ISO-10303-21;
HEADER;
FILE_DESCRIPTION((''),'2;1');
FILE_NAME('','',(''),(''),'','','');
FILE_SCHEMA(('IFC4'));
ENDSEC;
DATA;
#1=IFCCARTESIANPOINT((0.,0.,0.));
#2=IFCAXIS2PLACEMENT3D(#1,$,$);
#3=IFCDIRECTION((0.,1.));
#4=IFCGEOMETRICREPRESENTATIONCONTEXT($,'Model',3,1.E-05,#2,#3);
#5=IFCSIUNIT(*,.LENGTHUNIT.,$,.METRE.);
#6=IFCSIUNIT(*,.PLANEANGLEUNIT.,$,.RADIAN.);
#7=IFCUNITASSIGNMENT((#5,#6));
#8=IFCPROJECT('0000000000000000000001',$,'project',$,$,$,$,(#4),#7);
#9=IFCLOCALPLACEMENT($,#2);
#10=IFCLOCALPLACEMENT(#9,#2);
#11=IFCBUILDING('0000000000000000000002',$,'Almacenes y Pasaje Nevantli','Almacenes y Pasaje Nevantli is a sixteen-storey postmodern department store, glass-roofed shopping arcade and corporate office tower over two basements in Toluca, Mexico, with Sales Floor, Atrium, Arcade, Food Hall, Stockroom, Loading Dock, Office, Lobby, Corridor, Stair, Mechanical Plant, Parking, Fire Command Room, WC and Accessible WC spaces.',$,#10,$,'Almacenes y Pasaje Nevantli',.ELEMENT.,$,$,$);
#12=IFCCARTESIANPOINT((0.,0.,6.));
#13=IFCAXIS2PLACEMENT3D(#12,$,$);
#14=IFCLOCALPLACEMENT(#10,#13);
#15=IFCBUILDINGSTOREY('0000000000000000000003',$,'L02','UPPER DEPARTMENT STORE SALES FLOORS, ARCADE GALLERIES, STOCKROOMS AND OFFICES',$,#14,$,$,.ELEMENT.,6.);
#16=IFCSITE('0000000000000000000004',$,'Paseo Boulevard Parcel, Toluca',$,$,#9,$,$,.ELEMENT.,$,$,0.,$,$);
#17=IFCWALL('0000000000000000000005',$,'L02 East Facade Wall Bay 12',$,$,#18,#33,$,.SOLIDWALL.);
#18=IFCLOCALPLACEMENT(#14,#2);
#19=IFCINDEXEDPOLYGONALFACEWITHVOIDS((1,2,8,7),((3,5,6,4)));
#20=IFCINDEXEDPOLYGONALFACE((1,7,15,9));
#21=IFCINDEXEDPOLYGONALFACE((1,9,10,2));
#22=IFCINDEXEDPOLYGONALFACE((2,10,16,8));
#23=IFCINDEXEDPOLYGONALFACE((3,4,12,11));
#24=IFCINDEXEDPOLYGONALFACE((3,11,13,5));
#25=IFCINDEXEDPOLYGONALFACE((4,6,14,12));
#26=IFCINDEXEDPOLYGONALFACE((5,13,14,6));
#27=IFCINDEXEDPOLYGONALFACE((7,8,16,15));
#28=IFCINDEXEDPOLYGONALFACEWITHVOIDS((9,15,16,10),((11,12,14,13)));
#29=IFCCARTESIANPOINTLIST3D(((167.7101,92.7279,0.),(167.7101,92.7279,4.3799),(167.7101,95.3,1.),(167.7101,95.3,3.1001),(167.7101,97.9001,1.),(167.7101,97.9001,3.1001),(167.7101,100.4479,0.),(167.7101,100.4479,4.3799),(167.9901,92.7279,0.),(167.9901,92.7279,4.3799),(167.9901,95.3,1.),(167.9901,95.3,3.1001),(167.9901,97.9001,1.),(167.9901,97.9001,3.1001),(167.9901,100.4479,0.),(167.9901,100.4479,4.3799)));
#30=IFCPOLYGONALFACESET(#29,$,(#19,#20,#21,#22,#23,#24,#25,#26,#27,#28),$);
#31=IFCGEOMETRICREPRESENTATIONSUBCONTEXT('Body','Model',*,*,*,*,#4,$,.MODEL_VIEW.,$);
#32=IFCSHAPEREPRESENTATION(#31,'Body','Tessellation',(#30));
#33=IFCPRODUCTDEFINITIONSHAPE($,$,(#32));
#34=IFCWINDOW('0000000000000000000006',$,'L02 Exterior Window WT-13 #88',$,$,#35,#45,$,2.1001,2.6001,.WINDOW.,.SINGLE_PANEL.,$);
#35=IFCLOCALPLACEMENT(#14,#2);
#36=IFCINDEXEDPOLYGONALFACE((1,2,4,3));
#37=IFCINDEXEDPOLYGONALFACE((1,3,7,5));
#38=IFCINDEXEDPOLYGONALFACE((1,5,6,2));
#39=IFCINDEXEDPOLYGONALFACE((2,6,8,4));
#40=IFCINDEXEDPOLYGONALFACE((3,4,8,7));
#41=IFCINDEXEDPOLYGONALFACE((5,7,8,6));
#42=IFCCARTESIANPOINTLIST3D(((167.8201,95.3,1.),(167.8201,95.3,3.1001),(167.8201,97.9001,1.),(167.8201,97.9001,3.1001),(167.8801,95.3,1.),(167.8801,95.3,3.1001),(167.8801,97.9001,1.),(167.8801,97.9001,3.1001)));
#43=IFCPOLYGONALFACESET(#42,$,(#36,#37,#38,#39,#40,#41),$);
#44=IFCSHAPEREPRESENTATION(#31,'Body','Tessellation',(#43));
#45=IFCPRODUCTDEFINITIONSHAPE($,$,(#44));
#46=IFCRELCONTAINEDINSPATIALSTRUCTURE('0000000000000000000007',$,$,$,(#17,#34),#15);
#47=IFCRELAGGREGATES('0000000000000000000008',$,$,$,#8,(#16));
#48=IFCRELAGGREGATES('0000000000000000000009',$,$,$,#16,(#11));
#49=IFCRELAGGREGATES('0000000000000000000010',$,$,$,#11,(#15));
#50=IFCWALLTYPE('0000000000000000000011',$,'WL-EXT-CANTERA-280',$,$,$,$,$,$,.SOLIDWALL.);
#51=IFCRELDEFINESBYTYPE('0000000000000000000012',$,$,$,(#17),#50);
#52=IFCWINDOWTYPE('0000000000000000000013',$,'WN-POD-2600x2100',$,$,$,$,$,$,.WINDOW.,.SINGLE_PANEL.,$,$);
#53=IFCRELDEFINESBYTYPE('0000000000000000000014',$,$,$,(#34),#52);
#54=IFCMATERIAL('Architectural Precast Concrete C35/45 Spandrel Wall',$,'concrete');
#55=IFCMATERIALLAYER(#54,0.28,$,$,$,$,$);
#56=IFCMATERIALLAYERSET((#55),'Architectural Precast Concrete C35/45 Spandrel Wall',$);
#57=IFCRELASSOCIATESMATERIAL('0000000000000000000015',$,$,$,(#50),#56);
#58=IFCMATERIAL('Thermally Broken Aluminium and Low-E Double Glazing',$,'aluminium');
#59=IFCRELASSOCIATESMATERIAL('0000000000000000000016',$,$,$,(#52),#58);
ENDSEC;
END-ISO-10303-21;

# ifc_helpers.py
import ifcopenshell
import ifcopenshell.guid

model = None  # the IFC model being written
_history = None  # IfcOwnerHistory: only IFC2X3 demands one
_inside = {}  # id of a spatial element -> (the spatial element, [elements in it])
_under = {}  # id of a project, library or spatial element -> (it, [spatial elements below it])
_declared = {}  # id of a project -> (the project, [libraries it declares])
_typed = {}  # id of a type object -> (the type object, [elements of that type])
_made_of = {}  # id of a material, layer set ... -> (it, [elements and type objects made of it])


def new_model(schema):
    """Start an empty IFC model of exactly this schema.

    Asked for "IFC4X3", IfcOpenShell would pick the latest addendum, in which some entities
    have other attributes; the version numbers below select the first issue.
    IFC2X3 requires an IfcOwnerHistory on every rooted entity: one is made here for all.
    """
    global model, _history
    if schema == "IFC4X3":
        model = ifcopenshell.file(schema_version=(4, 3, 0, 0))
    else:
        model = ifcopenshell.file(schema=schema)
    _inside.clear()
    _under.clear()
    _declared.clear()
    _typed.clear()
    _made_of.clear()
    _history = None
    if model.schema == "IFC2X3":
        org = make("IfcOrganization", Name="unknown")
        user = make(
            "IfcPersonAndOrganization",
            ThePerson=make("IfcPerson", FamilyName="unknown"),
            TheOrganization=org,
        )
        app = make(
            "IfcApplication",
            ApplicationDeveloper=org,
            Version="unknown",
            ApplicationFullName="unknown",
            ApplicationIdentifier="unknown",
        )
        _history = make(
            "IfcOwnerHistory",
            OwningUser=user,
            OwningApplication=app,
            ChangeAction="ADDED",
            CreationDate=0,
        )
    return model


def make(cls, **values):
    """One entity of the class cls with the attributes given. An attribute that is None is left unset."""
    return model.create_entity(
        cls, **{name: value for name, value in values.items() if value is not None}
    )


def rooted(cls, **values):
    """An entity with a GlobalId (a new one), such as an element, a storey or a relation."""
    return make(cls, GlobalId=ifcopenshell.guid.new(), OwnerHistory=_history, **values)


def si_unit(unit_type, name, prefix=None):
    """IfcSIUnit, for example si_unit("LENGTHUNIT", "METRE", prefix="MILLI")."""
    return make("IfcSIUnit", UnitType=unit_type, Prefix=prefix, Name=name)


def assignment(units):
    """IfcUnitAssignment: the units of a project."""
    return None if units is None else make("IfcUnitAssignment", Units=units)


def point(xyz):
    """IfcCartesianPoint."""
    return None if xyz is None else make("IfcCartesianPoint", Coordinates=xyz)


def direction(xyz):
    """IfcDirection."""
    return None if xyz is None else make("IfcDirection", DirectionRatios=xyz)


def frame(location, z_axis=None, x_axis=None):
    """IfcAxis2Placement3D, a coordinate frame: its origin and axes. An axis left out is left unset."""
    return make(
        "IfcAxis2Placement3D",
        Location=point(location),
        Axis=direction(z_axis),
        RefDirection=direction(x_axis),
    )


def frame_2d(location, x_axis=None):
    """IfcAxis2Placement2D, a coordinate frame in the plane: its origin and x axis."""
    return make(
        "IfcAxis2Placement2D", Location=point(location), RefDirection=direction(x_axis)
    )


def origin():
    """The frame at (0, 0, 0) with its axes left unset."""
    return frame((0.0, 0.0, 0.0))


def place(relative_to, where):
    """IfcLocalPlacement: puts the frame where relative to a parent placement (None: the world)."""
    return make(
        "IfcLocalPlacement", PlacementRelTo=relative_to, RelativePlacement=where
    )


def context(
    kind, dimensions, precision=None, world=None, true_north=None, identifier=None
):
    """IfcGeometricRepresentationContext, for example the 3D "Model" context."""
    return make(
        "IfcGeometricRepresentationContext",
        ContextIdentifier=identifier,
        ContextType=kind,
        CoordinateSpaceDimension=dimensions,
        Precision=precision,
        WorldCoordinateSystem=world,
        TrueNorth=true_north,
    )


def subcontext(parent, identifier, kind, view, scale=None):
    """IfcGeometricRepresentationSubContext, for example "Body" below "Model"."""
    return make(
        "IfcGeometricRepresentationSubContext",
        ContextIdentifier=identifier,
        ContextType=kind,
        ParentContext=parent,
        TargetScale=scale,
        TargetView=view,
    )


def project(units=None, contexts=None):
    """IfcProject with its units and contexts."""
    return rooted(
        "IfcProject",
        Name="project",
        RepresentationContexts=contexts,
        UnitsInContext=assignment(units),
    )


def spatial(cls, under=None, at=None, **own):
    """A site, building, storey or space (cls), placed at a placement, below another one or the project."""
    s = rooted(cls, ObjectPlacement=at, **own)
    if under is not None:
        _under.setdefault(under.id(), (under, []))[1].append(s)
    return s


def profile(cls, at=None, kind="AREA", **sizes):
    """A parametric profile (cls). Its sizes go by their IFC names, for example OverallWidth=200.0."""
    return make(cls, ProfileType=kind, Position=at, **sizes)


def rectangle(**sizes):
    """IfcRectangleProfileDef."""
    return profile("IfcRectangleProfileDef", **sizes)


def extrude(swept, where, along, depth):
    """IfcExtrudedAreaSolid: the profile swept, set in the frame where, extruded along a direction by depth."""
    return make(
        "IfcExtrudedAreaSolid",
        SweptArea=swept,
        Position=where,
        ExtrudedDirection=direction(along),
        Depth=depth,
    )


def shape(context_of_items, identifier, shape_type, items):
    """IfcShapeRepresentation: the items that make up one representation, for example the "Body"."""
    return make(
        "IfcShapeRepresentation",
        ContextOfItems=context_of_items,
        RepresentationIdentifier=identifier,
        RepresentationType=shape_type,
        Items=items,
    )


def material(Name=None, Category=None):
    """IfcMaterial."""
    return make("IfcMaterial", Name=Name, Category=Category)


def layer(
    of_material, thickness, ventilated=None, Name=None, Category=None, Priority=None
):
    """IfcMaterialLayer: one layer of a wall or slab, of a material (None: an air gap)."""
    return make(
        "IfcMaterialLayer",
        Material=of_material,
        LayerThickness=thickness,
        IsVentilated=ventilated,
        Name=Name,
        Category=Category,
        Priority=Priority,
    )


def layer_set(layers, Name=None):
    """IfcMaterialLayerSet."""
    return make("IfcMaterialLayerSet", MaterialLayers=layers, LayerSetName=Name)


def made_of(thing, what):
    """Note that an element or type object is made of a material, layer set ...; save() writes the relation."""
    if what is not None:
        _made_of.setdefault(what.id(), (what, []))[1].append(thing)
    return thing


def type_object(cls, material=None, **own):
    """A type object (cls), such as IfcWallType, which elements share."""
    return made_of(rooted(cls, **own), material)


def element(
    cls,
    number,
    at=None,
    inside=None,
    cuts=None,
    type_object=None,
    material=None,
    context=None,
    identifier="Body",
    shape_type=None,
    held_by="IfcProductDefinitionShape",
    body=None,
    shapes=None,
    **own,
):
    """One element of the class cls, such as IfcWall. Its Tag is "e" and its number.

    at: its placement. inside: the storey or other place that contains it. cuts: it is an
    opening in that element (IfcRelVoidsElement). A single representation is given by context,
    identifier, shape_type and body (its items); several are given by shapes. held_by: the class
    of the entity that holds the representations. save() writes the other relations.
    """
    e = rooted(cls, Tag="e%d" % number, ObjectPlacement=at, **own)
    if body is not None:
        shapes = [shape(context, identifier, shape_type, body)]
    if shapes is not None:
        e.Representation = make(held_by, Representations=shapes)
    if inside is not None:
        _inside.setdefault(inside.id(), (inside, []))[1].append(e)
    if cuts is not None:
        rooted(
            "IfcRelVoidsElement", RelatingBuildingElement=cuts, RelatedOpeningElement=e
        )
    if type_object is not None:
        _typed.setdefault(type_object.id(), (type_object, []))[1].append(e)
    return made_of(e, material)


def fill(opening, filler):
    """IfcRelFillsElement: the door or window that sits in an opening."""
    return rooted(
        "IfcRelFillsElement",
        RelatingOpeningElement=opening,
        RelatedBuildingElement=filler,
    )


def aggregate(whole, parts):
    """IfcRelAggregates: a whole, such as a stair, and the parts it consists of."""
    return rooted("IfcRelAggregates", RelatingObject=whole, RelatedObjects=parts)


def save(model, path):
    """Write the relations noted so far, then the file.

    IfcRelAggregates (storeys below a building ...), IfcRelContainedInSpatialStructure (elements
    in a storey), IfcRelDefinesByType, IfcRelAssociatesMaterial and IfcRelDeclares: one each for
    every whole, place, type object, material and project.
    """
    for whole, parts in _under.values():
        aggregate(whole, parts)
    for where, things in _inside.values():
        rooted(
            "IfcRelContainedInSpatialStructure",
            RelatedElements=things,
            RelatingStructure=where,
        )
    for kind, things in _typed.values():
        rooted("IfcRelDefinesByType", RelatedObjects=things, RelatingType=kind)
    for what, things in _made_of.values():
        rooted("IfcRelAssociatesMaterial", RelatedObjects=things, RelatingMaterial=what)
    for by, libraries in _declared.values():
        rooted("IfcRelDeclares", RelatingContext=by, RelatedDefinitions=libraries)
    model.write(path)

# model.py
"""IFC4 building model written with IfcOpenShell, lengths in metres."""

from ifc_helpers import new_model, si_unit, direction, frame, frame_2d, origin, place, context, subcontext, project, spatial, rectangle, extrude, material, layer, layer_set, type_object, element, fill, save


model = new_model("IFC4")

# Units and contexts
model_context = context("Model", 3, precision=1e-05, world=origin(), true_north=direction((0.0, 1.0)))
body_context = subcontext(model_context, "Body", "Model", "MODEL_VIEW")
ifc_project = project(units=[si_unit("LENGTHUNIT", "METRE"), si_unit("PLANEANGLEUNIT", "RADIAN")], contexts=[model_context])

# Site, building, storey
site_placement = place(None, origin())
site = spatial("IfcSite", under=ifc_project, at=site_placement, Name="Paseo Boulevard Parcel, Toluca", CompositionType="ELEMENT", RefElevation=0.0)
building_placement = place(site_placement, origin())
building = spatial("IfcBuilding", under=site, at=building_placement, Name="Almacenes y Pasaje Nevantli", Description="Almacenes y Pasaje Nevantli is a sixteen-storey postmodern department store, glass-roofed shopping arcade and corporate office tower over two basements in Toluca, Mexico, with Sales Floor, Atrium, Arcade, Food Hall, Stockroom, Loading Dock, Office, Lobby, Corridor, Stair, Mechanical Plant, Parking, Fire Command Room, WC and Accessible WC spaces.", LongName="Almacenes y Pasaje Nevantli", CompositionType="ELEMENT")
storey_placement = place(building_placement, frame((0.0, 0.0, 6.0)))
storey = spatial("IfcBuildingStorey", under=building, at=storey_placement, Name="L02", Description="UPPER DEPARTMENT STORE SALES FLOORS, ARCADE GALLERIES, STOCKROOMS AND OFFICES", CompositionType="ELEMENT", Elevation=6.0)

# Wall, opening, window
ifc_material_1 = material(Name="Architectural Precast Concrete C35/45 Spandrel Wall", Category="concrete")
ifc_layer_1 = layer(ifc_material_1, 0.28)
ifc_layer_set_1 = layer_set([ifc_layer_1], Name="Architectural Precast Concrete C35/45 Spandrel Wall")
wall_type_1 = type_object("IfcWallType", Name="WL-EXT-CANTERA-280", PredefinedType="SOLIDWALL", material=ifc_layer_set_1)
wall_1_placement = place(storey_placement, frame((167.8501, 92.728, 0.0), z_axis=(0.0, 0.0, 1.0), x_axis=(0.0, 1.0, 0.0)))
wall_1 = element("IfcWall", 1, at=wall_1_placement, inside=storey, type_object=wall_type_1, Name="L02 East Facade Wall Bay 12", PredefinedType="SOLIDWALL", context=body_context, shape_type="SweptSolid", body=[
    extrude(rectangle(XDim=7.72, YDim=0.28, at=frame_2d((3.8599, 0.0))), origin(), (0.0, 0.0, 1.0), 4.3799),
])
opening_placement = place(wall_1_placement, frame((2.572, 0.0, 1.0)))
opening = element("IfcOpeningElement", 2, at=opening_placement, cuts=wall_1, PredefinedType="OPENING", context=body_context, shape_type="SweptSolid", body=[
    extrude(rectangle(XDim=2.6001, YDim=2.1001, at=frame_2d((1.3, 1.05))), frame((0.0, 0.1499, 0.0), z_axis=(0.0, -1.0, 0.0), x_axis=(1.0, 0.0, 0.0)), (0.0, 0.0, 1.0), 0.3),
])
ifc_material_2 = material(Name="Thermally Broken Aluminium and Low-E Double Glazing", Category="aluminium")
window_type = type_object("IfcWindowType", Name="WN-POD-2600x2100", PartitioningType="SINGLE_PANEL", PredefinedType="WINDOW", material=ifc_material_2)
window_placement = place(opening_placement, origin())
window = element("IfcWindow", 3, at=window_placement, inside=storey, type_object=window_type, Name="L02 Exterior Window WT-13 #88", OverallHeight=2.1001, OverallWidth=2.6001, PartitioningType="SINGLE_PANEL", PredefinedType="WINDOW", context=body_context, shape_type="SweptSolid", body=[
    extrude(rectangle(XDim=2.6001, YDim=2.1001, at=frame_2d((1.3, 1.05))), frame((0.0, 0.03, 0.0), z_axis=(0.0, -1.0, 0.0), x_axis=(1.0, 0.0, 0.0)), (0.0, 0.0, 1.0), 0.0601),
])
fill(opening, window)

save(model, "model.ifc")
